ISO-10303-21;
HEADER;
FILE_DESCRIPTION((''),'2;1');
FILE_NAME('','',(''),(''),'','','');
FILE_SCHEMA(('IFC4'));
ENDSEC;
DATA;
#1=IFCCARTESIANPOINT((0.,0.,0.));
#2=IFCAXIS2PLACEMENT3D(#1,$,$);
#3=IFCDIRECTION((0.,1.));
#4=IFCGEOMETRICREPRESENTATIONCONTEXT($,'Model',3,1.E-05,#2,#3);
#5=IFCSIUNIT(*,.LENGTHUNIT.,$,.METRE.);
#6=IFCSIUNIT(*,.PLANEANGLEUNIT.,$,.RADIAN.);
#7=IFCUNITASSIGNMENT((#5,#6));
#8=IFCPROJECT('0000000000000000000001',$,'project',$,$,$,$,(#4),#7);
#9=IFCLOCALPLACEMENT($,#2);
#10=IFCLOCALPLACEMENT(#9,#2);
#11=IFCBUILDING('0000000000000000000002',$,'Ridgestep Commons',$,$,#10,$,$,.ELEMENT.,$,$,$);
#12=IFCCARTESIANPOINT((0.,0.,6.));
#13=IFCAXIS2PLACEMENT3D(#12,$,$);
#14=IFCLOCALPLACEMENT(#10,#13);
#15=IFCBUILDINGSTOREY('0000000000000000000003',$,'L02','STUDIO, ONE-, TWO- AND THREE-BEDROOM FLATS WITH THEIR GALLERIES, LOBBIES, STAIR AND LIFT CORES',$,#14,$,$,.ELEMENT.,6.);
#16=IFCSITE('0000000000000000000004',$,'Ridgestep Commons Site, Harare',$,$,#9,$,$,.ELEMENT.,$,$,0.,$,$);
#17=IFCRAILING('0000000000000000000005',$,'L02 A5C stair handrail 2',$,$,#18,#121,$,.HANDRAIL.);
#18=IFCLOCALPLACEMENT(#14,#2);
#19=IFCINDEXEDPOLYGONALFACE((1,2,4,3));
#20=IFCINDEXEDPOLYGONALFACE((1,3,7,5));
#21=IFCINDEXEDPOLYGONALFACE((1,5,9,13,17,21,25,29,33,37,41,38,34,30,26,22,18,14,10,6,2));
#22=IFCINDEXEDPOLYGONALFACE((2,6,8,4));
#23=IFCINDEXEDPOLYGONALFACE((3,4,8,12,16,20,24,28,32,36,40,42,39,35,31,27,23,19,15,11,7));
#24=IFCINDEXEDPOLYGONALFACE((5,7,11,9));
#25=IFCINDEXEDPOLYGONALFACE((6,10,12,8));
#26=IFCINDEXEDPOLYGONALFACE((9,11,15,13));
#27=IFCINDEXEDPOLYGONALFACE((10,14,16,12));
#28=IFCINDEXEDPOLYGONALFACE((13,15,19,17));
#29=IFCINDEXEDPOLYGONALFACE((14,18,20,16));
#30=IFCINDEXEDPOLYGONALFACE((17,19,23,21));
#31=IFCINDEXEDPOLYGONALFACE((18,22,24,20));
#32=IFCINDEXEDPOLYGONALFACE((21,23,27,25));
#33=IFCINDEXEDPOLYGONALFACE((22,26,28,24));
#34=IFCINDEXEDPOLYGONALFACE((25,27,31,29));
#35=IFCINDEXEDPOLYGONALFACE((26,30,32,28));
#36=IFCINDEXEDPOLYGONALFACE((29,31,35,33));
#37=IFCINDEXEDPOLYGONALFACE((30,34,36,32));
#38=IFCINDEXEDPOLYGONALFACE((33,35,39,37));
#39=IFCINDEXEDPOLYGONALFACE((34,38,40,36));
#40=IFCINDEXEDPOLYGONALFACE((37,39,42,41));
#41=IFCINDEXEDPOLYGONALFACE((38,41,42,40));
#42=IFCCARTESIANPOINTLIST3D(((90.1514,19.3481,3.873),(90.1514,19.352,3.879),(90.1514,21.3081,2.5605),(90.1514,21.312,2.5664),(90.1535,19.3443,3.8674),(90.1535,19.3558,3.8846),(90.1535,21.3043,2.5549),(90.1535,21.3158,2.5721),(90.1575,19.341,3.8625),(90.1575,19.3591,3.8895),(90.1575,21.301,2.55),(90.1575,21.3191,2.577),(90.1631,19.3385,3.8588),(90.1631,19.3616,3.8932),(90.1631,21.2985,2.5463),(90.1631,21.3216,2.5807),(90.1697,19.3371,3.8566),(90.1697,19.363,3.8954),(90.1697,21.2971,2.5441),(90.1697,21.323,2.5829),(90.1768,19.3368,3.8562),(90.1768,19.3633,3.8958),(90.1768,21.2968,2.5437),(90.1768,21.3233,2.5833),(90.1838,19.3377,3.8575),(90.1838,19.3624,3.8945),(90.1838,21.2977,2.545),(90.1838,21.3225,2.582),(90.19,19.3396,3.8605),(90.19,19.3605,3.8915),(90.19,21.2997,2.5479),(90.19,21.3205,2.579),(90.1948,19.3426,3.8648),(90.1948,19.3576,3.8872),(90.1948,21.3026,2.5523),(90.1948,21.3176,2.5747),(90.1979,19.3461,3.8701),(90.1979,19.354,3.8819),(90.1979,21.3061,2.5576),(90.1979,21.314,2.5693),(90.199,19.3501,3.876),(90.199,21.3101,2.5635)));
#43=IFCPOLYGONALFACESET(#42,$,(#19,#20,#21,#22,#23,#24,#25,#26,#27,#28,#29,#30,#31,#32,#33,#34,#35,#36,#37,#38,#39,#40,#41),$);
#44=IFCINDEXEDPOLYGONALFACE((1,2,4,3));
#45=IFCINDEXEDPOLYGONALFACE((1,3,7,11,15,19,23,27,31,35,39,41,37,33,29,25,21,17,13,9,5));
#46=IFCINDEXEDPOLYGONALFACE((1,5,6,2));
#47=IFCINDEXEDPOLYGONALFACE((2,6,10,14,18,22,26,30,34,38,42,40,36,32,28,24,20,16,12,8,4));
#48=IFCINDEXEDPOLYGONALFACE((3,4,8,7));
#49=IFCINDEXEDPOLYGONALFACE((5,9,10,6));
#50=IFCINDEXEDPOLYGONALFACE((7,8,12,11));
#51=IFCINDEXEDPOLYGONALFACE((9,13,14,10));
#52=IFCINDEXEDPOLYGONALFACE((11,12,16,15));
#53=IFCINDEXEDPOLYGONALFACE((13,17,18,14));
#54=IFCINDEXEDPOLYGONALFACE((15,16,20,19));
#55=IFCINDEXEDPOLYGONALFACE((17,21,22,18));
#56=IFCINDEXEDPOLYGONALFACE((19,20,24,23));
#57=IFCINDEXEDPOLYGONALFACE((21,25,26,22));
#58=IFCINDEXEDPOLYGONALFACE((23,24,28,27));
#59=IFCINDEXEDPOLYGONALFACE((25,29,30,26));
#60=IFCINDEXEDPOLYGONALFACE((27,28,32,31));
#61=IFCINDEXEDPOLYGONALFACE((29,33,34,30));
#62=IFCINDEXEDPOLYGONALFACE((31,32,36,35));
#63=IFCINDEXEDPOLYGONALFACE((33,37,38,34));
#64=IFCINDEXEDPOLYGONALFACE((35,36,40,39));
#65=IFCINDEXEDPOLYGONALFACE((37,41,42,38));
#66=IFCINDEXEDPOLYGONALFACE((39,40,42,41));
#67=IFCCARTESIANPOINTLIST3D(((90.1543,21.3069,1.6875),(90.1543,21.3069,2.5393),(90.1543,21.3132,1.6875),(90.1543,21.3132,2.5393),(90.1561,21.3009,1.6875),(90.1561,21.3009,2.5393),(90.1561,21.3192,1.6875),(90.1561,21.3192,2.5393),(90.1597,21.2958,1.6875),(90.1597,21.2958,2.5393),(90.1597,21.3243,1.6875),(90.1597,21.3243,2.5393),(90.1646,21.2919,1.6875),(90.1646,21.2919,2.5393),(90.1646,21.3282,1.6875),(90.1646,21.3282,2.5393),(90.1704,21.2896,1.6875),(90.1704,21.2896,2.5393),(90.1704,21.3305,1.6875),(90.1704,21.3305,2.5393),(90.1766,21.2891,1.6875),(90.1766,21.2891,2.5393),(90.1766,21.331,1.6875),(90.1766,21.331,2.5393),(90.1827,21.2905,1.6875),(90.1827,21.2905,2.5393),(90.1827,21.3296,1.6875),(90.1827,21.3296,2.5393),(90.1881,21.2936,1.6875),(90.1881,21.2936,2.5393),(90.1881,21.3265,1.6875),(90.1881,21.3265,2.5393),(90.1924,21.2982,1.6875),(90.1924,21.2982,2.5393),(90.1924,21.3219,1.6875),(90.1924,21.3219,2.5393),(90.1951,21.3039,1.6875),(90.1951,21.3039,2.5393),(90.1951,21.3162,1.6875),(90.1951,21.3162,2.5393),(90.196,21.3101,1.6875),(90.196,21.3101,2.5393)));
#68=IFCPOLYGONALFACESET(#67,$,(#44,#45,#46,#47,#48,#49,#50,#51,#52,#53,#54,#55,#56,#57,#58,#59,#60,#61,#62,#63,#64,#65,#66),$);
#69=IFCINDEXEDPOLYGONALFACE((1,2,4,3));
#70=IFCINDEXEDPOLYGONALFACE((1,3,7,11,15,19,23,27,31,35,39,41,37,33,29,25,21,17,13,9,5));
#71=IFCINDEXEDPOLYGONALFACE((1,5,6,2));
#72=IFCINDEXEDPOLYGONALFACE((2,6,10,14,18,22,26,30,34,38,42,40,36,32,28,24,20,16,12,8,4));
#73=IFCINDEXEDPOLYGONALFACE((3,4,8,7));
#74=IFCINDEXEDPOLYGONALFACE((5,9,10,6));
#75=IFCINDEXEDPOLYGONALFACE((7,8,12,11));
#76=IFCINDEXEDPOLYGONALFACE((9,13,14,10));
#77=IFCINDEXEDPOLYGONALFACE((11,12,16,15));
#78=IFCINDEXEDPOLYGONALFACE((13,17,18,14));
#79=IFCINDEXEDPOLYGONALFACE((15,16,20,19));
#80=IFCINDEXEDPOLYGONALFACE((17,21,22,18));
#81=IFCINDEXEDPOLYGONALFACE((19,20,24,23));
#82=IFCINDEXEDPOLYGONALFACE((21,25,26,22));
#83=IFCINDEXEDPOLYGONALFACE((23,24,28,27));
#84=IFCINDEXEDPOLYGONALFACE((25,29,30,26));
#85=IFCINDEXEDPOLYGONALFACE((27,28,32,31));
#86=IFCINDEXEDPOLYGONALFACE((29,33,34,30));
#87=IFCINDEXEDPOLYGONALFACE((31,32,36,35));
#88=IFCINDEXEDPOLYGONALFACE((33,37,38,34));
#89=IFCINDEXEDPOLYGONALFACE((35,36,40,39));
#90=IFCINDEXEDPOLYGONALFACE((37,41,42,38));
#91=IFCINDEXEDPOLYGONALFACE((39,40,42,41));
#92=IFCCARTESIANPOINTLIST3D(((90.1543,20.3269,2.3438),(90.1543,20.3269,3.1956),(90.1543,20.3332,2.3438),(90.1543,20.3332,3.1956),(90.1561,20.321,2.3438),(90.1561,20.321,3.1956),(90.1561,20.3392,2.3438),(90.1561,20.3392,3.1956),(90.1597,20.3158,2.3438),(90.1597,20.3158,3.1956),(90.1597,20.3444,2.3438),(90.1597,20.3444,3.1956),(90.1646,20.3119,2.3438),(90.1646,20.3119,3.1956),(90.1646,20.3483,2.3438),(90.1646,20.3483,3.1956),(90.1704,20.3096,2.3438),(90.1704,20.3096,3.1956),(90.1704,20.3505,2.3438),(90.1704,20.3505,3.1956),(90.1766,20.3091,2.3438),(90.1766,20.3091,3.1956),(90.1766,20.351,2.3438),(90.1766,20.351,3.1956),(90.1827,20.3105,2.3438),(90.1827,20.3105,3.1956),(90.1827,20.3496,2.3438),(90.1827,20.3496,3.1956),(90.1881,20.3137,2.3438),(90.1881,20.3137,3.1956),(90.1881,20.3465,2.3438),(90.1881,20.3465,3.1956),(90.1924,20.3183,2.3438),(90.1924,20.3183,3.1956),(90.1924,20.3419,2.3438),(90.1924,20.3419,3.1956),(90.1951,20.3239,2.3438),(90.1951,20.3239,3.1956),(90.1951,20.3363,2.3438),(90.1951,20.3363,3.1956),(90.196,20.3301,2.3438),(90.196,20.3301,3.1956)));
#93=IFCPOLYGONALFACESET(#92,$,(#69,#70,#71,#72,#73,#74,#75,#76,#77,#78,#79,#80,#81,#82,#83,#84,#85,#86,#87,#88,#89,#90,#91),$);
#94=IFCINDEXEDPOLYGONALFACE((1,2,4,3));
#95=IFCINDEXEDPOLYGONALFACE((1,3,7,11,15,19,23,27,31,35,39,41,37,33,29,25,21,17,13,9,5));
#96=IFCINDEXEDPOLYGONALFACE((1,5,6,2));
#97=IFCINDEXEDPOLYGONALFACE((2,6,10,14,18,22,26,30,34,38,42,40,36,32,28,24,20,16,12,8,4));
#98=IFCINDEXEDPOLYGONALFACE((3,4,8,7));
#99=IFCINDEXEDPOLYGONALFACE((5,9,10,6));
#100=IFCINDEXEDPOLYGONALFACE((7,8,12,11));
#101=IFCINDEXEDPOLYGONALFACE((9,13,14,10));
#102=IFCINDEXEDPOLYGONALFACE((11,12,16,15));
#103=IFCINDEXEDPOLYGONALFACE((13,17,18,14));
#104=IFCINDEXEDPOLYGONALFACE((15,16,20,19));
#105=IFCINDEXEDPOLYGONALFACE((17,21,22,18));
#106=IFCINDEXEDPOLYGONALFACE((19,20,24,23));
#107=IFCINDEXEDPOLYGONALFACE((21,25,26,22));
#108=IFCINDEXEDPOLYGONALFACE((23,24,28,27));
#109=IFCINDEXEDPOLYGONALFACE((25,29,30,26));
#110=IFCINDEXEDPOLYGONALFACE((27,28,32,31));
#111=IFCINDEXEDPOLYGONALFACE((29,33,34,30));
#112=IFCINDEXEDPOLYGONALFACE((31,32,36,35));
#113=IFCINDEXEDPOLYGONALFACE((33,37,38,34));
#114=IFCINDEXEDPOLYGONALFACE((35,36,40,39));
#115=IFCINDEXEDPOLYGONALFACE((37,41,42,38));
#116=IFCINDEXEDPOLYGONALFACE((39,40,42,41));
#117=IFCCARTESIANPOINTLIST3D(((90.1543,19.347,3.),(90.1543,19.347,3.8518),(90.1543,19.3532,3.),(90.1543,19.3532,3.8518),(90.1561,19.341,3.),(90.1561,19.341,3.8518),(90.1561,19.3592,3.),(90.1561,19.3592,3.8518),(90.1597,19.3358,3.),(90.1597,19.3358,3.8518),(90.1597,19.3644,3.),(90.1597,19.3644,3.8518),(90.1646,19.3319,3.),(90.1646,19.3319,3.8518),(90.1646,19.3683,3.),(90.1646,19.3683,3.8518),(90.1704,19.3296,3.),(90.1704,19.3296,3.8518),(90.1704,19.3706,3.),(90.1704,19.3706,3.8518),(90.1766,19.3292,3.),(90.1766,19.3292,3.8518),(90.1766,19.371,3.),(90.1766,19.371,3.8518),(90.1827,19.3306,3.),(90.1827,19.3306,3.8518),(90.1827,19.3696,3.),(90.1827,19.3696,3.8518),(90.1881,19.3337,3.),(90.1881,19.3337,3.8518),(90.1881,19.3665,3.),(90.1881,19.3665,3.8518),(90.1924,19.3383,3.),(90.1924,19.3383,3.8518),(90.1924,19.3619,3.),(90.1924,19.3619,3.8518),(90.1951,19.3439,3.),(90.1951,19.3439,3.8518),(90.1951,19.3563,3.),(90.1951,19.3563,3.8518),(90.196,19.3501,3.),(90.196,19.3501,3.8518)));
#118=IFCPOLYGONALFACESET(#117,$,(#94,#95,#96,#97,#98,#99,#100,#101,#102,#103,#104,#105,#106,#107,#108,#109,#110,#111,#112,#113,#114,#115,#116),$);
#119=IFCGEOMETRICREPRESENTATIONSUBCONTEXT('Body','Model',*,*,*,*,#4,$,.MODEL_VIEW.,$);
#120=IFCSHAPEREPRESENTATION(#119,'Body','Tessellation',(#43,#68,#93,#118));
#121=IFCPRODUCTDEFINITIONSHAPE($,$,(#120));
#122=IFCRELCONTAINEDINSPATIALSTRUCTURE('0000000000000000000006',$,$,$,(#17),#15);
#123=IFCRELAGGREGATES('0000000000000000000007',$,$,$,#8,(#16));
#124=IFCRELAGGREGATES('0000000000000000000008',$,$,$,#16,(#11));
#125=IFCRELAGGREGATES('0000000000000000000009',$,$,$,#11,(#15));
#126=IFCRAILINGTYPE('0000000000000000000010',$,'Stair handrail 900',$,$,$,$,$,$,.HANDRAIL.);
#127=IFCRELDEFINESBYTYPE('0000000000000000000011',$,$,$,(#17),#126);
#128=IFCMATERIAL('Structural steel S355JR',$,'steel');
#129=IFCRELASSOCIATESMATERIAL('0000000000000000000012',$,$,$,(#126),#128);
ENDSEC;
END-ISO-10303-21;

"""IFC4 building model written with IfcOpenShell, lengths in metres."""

from ifc_helpers import new_model, si_unit, direction, frame, origin, origin_2d, place, context, subcontext, project, spatial, circle, extrude, material, type_object, element, save


model = new_model("IFC4")

# Units and contexts
model_context = context("Model", 3, precision=1e-05, world=origin(), true_north=direction((0.0, 1.0)))
body_context = subcontext(model_context, "Body", "Model", "MODEL_VIEW")
ifc_project = project(units=[si_unit("LENGTHUNIT", "METRE"), si_unit("PLANEANGLEUNIT", "RADIAN")], contexts=[model_context])

# Site, building, storey
site_placement = place(None, origin())
site = spatial("IfcSite", under=ifc_project, at=site_placement, Name="Ridgestep Commons Site, Harare", CompositionType="ELEMENT", RefElevation=0.0)
building_placement = place(site_placement, origin())
building = spatial("IfcBuilding", under=site, at=building_placement, Name="Ridgestep Commons", CompositionType="ELEMENT")
storey_placement = place(building_placement, frame((0.0, 0.0, 6.0)))
storey = spatial("IfcBuildingStorey", under=building, at=storey_placement, Name="L02", Description="STUDIO, ONE-, TWO- AND THREE-BEDROOM FLATS WITH THEIR GALLERIES, LOBBIES, STAIR AND LIFT CORES", CompositionType="ELEMENT", Elevation=6.0)

# Railing
ifc_material_1 = material(Name="Structural steel S355JR", Category="steel")
railing_type_1 = type_object("IfcRailingType", Name="Stair handrail 900", PredefinedType="HANDRAIL", material=ifc_material_1)
railing_1_placement = place(storey_placement, frame((90.175, 21.3101, 1.6875)))
element("IfcRailing", 1, at=railing_1_placement, inside=storey, type_object=railing_type_1, Name="L02 A5C stair handrail 2", PredefinedType="HANDRAIL", context=body_context, shape_type="SweptSolid", body=[
    extrude(circle(Radius=0.0239, at=origin_2d()), frame((0.0, 0.0, 0.876), z_axis=(0.0, -0.830902, 0.556419), x_axis=(1.0, 0.0, 0.0)), (0.0, 0.0, 1.0), 2.3589),
    extrude(circle(Radius=0.021, at=origin_2d()), origin(), (0.0, 0.0, 1.0), 0.8518),
    extrude(circle(Radius=0.021, at=origin_2d()), frame((0.0, -0.98, 0.6562)), (0.0, 0.0, 1.0), 0.8518),
    extrude(circle(Radius=0.021, at=origin_2d()), frame((0.0, -1.96, 1.3125)), (0.0, 0.0, 1.0), 0.8518),
])

save(model, "model.ifc")
